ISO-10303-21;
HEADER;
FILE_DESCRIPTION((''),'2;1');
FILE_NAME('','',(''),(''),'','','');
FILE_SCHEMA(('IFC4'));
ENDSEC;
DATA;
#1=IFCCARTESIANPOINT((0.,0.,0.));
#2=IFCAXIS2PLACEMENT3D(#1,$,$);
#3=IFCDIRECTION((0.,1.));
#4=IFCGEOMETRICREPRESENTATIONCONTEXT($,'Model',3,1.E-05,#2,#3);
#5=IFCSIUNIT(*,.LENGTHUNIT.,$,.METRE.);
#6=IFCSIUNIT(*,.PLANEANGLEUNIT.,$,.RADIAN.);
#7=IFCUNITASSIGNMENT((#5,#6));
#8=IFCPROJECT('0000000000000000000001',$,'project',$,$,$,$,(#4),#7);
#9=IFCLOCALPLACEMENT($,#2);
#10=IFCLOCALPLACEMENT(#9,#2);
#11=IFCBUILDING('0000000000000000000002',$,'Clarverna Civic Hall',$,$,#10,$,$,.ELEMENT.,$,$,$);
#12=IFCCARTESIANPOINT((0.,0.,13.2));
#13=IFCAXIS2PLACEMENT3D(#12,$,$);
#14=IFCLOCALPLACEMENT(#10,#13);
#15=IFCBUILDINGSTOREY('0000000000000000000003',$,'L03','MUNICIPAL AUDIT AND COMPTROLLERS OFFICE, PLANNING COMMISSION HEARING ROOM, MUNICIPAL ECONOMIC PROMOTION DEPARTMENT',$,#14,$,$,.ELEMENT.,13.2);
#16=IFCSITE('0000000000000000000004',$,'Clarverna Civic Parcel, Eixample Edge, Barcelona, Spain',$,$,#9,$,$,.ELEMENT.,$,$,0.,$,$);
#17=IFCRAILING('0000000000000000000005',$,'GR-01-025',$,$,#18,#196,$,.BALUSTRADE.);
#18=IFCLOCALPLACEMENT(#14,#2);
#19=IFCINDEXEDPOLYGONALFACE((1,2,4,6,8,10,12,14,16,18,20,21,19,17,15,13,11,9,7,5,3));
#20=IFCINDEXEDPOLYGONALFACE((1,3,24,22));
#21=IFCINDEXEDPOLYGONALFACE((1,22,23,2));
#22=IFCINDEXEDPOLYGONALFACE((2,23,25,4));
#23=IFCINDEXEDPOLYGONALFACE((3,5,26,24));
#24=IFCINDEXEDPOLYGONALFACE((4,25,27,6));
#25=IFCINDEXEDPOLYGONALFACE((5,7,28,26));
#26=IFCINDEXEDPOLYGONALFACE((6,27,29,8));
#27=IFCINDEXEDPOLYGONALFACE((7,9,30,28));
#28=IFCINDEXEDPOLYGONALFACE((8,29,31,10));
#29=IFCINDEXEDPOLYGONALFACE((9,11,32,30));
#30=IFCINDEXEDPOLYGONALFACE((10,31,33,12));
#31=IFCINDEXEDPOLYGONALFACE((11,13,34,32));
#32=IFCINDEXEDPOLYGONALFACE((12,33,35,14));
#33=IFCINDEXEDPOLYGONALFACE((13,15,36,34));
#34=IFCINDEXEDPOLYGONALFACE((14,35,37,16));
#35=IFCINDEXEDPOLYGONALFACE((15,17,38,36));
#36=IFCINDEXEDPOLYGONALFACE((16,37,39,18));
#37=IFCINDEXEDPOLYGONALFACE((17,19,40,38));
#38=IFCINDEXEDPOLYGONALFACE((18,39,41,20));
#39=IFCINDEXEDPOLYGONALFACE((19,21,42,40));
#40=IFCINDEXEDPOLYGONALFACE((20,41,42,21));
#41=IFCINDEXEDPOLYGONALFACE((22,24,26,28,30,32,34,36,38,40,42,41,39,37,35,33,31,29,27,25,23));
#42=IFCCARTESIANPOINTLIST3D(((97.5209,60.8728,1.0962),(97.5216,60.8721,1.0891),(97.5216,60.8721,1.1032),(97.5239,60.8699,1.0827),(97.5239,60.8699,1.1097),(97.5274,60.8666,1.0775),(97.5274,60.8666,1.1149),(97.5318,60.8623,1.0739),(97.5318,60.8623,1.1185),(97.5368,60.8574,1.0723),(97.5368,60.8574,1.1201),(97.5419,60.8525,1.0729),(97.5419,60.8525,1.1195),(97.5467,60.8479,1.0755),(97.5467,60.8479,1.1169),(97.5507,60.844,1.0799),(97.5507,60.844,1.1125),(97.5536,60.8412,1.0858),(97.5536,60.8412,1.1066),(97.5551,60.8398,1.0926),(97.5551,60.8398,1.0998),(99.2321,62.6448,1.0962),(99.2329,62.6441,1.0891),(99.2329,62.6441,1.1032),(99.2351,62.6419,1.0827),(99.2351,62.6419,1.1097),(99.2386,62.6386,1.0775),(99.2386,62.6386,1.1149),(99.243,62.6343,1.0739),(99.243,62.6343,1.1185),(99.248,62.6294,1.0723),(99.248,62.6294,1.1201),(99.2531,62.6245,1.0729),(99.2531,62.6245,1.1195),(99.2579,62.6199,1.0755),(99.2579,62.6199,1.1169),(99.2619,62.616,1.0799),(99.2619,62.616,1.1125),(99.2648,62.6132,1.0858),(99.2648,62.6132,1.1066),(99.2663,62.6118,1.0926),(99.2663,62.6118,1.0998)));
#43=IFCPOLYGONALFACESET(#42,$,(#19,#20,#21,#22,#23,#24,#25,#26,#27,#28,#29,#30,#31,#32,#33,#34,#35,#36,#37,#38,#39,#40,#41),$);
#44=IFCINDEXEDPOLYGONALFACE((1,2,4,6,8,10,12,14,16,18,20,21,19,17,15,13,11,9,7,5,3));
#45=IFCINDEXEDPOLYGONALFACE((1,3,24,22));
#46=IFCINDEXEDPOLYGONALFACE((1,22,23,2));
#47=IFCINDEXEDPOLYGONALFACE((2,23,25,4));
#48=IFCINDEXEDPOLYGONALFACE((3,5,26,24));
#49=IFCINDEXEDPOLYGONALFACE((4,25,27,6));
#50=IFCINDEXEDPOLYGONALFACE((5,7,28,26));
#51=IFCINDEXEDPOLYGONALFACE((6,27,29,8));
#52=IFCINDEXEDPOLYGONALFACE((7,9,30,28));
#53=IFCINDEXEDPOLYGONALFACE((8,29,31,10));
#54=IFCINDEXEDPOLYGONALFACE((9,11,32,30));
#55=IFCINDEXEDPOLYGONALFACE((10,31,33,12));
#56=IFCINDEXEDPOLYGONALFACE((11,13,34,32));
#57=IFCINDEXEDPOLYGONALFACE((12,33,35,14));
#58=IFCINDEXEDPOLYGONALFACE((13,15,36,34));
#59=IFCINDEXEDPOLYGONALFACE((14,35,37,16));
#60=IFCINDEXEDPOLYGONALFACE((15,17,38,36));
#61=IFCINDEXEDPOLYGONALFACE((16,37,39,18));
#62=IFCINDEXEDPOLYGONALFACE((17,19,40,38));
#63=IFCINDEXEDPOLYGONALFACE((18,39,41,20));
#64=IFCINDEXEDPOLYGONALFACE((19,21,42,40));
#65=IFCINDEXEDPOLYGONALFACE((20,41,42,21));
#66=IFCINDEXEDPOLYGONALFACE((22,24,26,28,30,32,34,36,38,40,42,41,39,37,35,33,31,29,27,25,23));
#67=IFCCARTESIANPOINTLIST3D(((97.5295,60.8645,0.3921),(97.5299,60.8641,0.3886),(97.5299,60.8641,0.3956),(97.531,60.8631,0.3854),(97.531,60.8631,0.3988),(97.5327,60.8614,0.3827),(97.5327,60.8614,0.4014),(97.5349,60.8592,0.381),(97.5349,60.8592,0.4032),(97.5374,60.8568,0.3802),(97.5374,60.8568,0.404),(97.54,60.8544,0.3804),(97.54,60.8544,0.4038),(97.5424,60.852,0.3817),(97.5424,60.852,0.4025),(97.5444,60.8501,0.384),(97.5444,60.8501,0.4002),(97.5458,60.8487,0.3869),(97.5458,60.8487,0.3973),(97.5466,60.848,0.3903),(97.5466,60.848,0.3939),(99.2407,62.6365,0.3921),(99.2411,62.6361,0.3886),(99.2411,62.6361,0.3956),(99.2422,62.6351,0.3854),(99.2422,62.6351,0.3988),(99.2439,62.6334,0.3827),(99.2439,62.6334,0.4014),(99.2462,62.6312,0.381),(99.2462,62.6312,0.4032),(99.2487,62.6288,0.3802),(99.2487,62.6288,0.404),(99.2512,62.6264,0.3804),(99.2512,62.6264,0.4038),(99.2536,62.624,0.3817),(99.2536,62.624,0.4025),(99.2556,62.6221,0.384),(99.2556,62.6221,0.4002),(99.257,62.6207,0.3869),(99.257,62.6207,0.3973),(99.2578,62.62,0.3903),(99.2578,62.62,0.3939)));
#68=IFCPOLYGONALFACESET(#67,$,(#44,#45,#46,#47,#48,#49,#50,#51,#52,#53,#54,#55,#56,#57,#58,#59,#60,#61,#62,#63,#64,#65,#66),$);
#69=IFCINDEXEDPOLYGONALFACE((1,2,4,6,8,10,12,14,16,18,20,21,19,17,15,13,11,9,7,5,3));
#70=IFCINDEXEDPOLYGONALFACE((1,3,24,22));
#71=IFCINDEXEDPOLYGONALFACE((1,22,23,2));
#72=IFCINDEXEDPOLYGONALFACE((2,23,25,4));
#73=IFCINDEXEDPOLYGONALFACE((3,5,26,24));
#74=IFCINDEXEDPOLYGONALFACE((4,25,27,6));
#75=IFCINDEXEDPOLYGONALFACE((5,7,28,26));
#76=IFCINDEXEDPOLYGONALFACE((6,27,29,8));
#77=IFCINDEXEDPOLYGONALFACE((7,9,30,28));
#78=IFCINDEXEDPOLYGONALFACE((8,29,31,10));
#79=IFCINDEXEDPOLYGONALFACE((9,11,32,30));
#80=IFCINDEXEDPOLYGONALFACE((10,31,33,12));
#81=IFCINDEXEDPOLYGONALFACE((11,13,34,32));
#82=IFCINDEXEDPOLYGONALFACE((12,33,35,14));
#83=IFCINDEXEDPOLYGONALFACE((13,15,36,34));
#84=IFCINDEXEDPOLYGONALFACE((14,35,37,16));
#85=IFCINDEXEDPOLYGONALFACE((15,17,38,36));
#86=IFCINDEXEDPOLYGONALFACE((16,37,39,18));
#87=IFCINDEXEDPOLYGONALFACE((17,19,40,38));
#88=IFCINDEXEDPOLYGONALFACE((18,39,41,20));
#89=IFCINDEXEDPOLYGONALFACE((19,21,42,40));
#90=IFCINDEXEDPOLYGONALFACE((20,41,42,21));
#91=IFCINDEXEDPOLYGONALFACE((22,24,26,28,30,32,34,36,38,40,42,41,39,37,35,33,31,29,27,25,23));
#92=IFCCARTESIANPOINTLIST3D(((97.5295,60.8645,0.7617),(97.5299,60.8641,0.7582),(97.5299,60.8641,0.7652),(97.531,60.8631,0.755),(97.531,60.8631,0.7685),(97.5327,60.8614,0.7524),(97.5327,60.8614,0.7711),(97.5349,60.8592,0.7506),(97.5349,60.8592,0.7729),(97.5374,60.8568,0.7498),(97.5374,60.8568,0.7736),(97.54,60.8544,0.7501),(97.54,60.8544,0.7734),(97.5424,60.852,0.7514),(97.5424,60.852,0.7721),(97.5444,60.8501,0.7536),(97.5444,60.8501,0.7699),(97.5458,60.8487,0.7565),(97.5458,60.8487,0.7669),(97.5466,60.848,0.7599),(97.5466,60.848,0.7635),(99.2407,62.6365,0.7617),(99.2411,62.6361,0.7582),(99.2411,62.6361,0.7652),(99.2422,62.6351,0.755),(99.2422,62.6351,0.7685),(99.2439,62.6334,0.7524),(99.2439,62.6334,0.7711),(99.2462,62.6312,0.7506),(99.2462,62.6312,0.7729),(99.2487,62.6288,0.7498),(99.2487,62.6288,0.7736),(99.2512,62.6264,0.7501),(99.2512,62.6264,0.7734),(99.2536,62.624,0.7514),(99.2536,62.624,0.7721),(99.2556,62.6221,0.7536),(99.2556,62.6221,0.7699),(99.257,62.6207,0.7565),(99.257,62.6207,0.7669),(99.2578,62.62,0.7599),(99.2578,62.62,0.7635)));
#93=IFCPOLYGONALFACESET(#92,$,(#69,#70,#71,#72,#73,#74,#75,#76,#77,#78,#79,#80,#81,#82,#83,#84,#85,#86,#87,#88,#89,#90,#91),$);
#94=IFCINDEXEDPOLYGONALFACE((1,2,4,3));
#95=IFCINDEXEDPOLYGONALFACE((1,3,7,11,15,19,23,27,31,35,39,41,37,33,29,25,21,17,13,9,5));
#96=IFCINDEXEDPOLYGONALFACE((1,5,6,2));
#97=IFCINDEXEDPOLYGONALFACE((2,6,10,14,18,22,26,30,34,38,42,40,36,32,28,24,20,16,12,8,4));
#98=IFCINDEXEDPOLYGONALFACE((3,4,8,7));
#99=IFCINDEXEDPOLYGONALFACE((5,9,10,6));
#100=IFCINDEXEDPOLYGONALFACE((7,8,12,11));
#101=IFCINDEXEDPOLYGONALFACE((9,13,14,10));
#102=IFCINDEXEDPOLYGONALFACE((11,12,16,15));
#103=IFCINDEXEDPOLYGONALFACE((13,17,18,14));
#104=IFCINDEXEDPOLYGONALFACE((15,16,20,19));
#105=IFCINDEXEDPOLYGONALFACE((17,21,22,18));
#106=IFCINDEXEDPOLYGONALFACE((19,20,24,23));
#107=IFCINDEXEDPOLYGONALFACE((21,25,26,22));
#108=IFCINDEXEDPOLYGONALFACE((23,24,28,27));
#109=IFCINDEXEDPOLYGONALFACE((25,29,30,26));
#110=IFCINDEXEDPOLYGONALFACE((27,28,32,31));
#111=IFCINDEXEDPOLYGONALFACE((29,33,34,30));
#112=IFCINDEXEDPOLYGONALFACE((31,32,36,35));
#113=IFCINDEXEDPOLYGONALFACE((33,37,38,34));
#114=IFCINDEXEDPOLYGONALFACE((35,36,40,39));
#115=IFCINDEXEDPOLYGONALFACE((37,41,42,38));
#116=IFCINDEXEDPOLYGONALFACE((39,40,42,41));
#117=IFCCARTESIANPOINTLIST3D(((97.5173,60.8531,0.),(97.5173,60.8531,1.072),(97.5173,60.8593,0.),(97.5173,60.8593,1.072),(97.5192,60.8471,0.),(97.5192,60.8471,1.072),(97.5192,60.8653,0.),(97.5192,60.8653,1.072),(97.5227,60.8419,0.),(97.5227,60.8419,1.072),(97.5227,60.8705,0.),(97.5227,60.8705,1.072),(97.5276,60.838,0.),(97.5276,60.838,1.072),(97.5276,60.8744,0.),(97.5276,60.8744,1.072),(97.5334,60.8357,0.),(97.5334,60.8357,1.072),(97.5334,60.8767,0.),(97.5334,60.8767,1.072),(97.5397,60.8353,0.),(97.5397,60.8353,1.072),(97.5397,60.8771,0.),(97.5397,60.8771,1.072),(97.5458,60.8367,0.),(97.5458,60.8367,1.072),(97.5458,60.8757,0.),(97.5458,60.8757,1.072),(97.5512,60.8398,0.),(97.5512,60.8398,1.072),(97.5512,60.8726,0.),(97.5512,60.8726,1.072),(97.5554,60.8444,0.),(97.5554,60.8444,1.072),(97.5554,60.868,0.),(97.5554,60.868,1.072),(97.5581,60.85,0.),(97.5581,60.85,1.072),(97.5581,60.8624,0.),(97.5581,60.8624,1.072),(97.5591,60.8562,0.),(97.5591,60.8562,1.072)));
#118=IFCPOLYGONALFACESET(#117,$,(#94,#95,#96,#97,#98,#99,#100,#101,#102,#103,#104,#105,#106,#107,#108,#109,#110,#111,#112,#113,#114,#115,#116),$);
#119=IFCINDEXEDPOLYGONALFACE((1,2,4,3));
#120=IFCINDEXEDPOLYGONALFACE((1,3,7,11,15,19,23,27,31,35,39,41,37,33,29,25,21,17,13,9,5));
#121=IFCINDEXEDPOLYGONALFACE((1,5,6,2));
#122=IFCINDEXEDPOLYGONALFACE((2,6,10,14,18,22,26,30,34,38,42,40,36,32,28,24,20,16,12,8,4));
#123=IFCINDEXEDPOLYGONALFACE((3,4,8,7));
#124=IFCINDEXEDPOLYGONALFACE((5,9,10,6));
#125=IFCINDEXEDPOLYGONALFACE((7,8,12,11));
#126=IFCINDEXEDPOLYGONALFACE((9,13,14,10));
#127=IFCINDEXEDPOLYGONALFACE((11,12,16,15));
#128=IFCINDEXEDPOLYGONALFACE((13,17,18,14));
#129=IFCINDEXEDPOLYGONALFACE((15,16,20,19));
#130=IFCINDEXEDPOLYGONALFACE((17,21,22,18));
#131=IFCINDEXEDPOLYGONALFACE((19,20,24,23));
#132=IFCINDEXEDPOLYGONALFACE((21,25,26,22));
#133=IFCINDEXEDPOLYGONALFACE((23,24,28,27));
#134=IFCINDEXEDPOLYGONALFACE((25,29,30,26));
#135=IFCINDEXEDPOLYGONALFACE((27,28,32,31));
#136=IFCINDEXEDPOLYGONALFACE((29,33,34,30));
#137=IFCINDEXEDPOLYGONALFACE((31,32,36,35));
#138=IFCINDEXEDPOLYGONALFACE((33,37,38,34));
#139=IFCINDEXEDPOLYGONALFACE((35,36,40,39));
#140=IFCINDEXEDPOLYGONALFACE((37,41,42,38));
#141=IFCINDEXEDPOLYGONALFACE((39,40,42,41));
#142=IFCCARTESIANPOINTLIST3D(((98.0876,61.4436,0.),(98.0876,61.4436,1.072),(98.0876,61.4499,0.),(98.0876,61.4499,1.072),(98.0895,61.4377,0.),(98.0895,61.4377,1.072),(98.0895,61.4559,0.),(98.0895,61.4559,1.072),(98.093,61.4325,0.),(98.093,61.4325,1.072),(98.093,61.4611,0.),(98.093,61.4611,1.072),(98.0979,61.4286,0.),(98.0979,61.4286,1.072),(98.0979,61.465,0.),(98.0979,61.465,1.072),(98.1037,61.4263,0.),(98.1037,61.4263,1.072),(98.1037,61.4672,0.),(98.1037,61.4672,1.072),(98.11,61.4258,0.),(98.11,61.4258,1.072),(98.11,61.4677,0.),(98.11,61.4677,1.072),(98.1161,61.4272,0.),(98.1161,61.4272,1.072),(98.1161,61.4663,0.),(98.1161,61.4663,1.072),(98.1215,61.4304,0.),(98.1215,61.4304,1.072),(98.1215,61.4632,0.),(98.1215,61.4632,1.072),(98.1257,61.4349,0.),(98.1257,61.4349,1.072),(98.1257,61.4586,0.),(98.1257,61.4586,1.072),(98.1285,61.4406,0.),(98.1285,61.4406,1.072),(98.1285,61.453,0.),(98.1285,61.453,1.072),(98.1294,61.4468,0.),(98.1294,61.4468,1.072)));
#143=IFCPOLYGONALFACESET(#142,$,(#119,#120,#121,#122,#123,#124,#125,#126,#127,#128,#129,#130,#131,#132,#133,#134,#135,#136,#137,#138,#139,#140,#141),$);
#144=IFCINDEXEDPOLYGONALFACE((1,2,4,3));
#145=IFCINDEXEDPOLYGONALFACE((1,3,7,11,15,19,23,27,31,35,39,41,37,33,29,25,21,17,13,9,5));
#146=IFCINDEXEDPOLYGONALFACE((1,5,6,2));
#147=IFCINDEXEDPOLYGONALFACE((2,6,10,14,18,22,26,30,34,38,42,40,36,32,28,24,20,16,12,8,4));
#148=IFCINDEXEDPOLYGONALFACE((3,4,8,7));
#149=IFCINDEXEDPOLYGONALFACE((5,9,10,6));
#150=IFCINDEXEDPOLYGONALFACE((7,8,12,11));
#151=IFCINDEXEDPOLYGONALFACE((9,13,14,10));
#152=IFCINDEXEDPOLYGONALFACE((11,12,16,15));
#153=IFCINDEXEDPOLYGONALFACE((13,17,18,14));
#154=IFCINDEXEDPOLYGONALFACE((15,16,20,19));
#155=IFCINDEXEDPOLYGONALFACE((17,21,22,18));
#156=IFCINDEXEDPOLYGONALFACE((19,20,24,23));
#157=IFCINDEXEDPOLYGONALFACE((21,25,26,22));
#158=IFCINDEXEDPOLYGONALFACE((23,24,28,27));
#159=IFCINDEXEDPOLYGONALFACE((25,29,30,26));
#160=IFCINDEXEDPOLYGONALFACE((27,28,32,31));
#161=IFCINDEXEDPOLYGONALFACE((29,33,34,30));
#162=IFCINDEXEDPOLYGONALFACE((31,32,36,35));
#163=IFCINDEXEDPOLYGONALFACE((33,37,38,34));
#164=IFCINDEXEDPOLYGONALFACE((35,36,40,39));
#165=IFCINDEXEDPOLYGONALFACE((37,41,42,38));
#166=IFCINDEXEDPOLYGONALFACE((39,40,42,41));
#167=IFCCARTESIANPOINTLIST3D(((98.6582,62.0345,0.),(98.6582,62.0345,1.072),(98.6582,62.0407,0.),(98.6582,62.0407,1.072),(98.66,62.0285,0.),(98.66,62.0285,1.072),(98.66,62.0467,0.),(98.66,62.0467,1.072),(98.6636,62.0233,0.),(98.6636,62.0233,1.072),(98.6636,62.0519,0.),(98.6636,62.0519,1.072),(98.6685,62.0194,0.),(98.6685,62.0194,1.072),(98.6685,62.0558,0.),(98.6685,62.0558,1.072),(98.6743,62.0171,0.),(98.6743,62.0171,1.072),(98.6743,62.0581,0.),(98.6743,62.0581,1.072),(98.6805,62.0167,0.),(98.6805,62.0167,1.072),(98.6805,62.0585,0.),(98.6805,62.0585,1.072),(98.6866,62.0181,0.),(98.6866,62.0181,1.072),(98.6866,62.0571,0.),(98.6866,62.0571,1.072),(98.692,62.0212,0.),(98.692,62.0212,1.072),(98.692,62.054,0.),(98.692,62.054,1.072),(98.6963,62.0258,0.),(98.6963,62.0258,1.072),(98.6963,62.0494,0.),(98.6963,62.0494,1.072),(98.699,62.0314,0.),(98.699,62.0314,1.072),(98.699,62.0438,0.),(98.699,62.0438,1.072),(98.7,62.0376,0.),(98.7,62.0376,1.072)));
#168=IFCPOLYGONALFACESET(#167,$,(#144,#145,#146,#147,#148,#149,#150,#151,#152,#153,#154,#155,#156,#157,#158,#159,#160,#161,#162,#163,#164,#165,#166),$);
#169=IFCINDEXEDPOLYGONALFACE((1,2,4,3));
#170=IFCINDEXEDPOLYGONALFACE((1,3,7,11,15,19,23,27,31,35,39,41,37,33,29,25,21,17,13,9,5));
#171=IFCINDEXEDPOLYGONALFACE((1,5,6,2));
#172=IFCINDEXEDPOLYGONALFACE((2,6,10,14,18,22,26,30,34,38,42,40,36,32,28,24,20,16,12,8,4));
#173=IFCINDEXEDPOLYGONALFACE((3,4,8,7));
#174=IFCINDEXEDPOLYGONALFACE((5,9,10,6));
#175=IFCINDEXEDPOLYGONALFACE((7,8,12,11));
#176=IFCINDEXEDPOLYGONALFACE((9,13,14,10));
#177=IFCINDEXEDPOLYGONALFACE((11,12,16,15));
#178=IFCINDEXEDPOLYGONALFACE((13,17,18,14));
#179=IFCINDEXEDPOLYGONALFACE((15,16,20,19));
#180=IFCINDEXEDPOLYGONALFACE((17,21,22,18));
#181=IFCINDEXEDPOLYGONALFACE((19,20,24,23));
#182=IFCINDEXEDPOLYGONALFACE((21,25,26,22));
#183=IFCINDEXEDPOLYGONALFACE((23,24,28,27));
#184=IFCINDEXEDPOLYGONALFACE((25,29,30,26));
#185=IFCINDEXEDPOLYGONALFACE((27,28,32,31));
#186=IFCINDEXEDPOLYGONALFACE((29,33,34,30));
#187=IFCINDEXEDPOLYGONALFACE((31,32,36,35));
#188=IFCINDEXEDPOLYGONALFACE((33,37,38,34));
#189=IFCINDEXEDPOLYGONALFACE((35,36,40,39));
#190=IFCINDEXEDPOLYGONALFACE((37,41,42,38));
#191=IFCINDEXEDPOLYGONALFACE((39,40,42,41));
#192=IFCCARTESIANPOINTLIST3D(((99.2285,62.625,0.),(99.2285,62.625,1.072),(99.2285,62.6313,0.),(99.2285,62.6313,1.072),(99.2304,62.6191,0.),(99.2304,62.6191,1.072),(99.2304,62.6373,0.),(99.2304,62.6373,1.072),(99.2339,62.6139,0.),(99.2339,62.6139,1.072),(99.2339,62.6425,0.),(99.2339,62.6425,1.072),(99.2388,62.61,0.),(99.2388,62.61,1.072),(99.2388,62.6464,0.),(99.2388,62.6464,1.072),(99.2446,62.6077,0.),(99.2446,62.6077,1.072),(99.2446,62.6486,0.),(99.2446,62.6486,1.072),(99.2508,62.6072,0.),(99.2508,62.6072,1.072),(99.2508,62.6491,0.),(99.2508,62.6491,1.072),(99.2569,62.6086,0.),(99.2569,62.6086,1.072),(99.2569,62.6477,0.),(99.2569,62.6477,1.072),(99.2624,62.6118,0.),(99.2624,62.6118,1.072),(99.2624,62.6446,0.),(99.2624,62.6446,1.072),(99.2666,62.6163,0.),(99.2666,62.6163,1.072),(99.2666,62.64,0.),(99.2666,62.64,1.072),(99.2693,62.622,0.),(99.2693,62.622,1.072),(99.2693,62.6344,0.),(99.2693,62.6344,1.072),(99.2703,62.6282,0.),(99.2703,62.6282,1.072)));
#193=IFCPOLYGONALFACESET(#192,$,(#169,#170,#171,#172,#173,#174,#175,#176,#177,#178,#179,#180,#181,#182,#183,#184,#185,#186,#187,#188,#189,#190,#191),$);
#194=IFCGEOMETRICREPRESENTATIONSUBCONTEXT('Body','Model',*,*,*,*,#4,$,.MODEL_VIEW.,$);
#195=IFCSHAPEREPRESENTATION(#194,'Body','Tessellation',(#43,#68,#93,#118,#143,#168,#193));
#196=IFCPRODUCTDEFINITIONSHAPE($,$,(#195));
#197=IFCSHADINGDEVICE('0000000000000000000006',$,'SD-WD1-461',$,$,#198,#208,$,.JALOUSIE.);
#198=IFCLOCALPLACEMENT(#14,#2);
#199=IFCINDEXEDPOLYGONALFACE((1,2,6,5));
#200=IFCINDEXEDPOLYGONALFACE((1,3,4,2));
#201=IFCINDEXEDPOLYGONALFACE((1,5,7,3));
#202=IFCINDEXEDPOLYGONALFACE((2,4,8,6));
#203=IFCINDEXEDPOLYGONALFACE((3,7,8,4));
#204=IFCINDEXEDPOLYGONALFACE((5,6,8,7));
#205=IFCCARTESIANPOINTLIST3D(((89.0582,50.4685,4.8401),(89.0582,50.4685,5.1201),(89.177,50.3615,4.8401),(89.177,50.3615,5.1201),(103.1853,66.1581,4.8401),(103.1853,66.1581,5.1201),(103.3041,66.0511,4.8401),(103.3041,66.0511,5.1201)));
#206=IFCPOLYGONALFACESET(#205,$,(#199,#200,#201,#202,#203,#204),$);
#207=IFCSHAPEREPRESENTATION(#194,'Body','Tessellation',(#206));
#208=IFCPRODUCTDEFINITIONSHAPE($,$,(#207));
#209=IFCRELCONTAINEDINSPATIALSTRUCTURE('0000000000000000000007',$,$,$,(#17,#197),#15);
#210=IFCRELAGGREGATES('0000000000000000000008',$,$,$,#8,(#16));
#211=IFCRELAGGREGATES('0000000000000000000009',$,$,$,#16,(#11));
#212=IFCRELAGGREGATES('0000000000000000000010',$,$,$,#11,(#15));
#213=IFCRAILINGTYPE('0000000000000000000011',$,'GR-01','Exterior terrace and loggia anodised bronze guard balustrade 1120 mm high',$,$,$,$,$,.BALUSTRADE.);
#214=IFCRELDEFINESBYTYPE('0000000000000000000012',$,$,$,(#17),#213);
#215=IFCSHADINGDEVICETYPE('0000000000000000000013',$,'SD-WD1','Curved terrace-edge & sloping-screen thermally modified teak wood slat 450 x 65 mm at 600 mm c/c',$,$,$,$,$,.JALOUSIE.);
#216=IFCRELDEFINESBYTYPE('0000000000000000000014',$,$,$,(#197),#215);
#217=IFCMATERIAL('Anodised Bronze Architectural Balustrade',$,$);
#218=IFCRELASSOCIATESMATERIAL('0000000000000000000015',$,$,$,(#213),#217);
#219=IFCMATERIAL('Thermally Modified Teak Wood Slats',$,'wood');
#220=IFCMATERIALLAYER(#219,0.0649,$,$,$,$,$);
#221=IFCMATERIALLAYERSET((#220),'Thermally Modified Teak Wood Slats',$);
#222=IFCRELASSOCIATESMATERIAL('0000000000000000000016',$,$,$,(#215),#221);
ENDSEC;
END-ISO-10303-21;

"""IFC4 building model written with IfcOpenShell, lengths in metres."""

from ifc_helpers import new_model, si_unit, direction, frame, frame_2d, origin, origin_2d, place, context, subcontext, project, spatial, rectangle, circle, extrude, material, layer, layer_set, type_object, element, save


model = new_model("IFC4")

# Units and contexts
model_context = context("Model", 3, precision=1e-05, world=origin(), true_north=direction((0.0, 1.0)))
body_context = subcontext(model_context, "Body", "Model", "MODEL_VIEW")
ifc_project = project(units=[si_unit("LENGTHUNIT", "METRE"), si_unit("PLANEANGLEUNIT", "RADIAN")], contexts=[model_context])

# Site, building, storey
site_placement = place(None, origin())
site = spatial("IfcSite", under=ifc_project, at=site_placement, Name="Clarverna Civic Parcel, Eixample Edge, Barcelona, Spain", CompositionType="ELEMENT", RefElevation=0.0)
building_placement = place(site_placement, origin())
building = spatial("IfcBuilding", under=site, at=building_placement, Name="Clarverna Civic Hall", CompositionType="ELEMENT")
storey_placement = place(building_placement, frame((0.0, 0.0, 13.2)))
storey = spatial("IfcBuildingStorey", under=building, at=storey_placement, Name="L03", Description="MUNICIPAL AUDIT AND COMPTROLLERS OFFICE, PLANNING COMMISSION HEARING ROOM, MUNICIPAL ECONOMIC PROMOTION DEPARTMENT", CompositionType="ELEMENT", Elevation=13.2)

# Railing
ifc_material_1 = material(Name="Anodised Bronze Architectural Balustrade")
railing_type = type_object("IfcRailingType", Name="GR-01", Description="Exterior terrace and loggia anodised bronze guard balustrade 1120 mm high", PredefinedType="BALUSTRADE", material=ifc_material_1)
railing_1_placement = place(storey_placement, frame((97.5381, 60.8562, 0.0)))
element("IfcRailing", 1, at=railing_1_placement, inside=storey, type_object=railing_type, Name="GR-01-025", PredefinedType="BALUSTRADE", context=body_context, shape_type="SweptSolid", body=[
    extrude(circle(Radius=0.0239, at=origin_2d()), frame((0.0, 0.0, 1.0962), z_axis=(0.69466, 0.719338, 0.0), x_axis=(-0.719338, 0.69466, 0.0)), (0.0, 0.0, 1.0), 2.4634),
    extrude(circle(Radius=0.012, at=origin_2d()), frame((0.0, 0.0, 0.3921), z_axis=(0.69466, 0.719338, 0.0), x_axis=(-0.719338, 0.69466, 0.0)), (0.0, 0.0, 1.0), 2.4634),
    extrude(circle(Radius=0.012, at=origin_2d()), frame((0.0, 0.0, 0.7617), z_axis=(0.69466, 0.719338, 0.0), x_axis=(-0.719338, 0.69466, 0.0)), (0.0, 0.0, 1.0), 2.4634),
    extrude(circle(Radius=0.021, at=origin_2d()), origin(), (0.0, 0.0, 1.0), 1.072),
    extrude(circle(Radius=0.021, at=origin_2d()), frame((0.5703, 0.5906, 0.0)), (0.0, 0.0, 1.0), 1.072),
    extrude(circle(Radius=0.021, at=origin_2d()), frame((1.1409, 1.1814, 0.0)), (0.0, 0.0, 1.0), 1.072),
    extrude(circle(Radius=0.021, at=origin_2d()), frame((1.7112, 1.772, 0.0)), (0.0, 0.0, 1.0), 1.072),
])

# Shading device
ifc_material_2 = material(Name="Thermally Modified Teak Wood Slats", Category="wood")
ifc_layer_1 = layer(ifc_material_2, 0.0649)
ifc_layer_set_1 = layer_set([ifc_layer_1], Name="Thermally Modified Teak Wood Slats")
shading_device_type = type_object("IfcShadingDeviceType", Name="SD-WD1", Description="Curved terrace-edge & sloping-screen thermally modified teak wood slat 450 x 65 mm at 600 mm c/c", PredefinedType="JALOUSIE", material=ifc_layer_set_1)
shading_device_1_placement = place(storey_placement, frame((103.2446, 66.1045, 4.8401), z_axis=(0.0, 0.0, 1.0), x_axis=(-0.669134, -0.743142, 0.0)))
element("IfcShadingDevice", 2, at=shading_device_1_placement, inside=storey, type_object=shading_device_type, Name="SD-WD1-461", PredefinedType="JALOUSIE", context=body_context, shape_type="SweptSolid", body=[
    extrude(rectangle(XDim=21.1125, YDim=0.1599, at=frame_2d((10.5562, 0.0))), origin(), (0.0, 0.0, 1.0), 0.28),
])

save(model, "model.ifc")
